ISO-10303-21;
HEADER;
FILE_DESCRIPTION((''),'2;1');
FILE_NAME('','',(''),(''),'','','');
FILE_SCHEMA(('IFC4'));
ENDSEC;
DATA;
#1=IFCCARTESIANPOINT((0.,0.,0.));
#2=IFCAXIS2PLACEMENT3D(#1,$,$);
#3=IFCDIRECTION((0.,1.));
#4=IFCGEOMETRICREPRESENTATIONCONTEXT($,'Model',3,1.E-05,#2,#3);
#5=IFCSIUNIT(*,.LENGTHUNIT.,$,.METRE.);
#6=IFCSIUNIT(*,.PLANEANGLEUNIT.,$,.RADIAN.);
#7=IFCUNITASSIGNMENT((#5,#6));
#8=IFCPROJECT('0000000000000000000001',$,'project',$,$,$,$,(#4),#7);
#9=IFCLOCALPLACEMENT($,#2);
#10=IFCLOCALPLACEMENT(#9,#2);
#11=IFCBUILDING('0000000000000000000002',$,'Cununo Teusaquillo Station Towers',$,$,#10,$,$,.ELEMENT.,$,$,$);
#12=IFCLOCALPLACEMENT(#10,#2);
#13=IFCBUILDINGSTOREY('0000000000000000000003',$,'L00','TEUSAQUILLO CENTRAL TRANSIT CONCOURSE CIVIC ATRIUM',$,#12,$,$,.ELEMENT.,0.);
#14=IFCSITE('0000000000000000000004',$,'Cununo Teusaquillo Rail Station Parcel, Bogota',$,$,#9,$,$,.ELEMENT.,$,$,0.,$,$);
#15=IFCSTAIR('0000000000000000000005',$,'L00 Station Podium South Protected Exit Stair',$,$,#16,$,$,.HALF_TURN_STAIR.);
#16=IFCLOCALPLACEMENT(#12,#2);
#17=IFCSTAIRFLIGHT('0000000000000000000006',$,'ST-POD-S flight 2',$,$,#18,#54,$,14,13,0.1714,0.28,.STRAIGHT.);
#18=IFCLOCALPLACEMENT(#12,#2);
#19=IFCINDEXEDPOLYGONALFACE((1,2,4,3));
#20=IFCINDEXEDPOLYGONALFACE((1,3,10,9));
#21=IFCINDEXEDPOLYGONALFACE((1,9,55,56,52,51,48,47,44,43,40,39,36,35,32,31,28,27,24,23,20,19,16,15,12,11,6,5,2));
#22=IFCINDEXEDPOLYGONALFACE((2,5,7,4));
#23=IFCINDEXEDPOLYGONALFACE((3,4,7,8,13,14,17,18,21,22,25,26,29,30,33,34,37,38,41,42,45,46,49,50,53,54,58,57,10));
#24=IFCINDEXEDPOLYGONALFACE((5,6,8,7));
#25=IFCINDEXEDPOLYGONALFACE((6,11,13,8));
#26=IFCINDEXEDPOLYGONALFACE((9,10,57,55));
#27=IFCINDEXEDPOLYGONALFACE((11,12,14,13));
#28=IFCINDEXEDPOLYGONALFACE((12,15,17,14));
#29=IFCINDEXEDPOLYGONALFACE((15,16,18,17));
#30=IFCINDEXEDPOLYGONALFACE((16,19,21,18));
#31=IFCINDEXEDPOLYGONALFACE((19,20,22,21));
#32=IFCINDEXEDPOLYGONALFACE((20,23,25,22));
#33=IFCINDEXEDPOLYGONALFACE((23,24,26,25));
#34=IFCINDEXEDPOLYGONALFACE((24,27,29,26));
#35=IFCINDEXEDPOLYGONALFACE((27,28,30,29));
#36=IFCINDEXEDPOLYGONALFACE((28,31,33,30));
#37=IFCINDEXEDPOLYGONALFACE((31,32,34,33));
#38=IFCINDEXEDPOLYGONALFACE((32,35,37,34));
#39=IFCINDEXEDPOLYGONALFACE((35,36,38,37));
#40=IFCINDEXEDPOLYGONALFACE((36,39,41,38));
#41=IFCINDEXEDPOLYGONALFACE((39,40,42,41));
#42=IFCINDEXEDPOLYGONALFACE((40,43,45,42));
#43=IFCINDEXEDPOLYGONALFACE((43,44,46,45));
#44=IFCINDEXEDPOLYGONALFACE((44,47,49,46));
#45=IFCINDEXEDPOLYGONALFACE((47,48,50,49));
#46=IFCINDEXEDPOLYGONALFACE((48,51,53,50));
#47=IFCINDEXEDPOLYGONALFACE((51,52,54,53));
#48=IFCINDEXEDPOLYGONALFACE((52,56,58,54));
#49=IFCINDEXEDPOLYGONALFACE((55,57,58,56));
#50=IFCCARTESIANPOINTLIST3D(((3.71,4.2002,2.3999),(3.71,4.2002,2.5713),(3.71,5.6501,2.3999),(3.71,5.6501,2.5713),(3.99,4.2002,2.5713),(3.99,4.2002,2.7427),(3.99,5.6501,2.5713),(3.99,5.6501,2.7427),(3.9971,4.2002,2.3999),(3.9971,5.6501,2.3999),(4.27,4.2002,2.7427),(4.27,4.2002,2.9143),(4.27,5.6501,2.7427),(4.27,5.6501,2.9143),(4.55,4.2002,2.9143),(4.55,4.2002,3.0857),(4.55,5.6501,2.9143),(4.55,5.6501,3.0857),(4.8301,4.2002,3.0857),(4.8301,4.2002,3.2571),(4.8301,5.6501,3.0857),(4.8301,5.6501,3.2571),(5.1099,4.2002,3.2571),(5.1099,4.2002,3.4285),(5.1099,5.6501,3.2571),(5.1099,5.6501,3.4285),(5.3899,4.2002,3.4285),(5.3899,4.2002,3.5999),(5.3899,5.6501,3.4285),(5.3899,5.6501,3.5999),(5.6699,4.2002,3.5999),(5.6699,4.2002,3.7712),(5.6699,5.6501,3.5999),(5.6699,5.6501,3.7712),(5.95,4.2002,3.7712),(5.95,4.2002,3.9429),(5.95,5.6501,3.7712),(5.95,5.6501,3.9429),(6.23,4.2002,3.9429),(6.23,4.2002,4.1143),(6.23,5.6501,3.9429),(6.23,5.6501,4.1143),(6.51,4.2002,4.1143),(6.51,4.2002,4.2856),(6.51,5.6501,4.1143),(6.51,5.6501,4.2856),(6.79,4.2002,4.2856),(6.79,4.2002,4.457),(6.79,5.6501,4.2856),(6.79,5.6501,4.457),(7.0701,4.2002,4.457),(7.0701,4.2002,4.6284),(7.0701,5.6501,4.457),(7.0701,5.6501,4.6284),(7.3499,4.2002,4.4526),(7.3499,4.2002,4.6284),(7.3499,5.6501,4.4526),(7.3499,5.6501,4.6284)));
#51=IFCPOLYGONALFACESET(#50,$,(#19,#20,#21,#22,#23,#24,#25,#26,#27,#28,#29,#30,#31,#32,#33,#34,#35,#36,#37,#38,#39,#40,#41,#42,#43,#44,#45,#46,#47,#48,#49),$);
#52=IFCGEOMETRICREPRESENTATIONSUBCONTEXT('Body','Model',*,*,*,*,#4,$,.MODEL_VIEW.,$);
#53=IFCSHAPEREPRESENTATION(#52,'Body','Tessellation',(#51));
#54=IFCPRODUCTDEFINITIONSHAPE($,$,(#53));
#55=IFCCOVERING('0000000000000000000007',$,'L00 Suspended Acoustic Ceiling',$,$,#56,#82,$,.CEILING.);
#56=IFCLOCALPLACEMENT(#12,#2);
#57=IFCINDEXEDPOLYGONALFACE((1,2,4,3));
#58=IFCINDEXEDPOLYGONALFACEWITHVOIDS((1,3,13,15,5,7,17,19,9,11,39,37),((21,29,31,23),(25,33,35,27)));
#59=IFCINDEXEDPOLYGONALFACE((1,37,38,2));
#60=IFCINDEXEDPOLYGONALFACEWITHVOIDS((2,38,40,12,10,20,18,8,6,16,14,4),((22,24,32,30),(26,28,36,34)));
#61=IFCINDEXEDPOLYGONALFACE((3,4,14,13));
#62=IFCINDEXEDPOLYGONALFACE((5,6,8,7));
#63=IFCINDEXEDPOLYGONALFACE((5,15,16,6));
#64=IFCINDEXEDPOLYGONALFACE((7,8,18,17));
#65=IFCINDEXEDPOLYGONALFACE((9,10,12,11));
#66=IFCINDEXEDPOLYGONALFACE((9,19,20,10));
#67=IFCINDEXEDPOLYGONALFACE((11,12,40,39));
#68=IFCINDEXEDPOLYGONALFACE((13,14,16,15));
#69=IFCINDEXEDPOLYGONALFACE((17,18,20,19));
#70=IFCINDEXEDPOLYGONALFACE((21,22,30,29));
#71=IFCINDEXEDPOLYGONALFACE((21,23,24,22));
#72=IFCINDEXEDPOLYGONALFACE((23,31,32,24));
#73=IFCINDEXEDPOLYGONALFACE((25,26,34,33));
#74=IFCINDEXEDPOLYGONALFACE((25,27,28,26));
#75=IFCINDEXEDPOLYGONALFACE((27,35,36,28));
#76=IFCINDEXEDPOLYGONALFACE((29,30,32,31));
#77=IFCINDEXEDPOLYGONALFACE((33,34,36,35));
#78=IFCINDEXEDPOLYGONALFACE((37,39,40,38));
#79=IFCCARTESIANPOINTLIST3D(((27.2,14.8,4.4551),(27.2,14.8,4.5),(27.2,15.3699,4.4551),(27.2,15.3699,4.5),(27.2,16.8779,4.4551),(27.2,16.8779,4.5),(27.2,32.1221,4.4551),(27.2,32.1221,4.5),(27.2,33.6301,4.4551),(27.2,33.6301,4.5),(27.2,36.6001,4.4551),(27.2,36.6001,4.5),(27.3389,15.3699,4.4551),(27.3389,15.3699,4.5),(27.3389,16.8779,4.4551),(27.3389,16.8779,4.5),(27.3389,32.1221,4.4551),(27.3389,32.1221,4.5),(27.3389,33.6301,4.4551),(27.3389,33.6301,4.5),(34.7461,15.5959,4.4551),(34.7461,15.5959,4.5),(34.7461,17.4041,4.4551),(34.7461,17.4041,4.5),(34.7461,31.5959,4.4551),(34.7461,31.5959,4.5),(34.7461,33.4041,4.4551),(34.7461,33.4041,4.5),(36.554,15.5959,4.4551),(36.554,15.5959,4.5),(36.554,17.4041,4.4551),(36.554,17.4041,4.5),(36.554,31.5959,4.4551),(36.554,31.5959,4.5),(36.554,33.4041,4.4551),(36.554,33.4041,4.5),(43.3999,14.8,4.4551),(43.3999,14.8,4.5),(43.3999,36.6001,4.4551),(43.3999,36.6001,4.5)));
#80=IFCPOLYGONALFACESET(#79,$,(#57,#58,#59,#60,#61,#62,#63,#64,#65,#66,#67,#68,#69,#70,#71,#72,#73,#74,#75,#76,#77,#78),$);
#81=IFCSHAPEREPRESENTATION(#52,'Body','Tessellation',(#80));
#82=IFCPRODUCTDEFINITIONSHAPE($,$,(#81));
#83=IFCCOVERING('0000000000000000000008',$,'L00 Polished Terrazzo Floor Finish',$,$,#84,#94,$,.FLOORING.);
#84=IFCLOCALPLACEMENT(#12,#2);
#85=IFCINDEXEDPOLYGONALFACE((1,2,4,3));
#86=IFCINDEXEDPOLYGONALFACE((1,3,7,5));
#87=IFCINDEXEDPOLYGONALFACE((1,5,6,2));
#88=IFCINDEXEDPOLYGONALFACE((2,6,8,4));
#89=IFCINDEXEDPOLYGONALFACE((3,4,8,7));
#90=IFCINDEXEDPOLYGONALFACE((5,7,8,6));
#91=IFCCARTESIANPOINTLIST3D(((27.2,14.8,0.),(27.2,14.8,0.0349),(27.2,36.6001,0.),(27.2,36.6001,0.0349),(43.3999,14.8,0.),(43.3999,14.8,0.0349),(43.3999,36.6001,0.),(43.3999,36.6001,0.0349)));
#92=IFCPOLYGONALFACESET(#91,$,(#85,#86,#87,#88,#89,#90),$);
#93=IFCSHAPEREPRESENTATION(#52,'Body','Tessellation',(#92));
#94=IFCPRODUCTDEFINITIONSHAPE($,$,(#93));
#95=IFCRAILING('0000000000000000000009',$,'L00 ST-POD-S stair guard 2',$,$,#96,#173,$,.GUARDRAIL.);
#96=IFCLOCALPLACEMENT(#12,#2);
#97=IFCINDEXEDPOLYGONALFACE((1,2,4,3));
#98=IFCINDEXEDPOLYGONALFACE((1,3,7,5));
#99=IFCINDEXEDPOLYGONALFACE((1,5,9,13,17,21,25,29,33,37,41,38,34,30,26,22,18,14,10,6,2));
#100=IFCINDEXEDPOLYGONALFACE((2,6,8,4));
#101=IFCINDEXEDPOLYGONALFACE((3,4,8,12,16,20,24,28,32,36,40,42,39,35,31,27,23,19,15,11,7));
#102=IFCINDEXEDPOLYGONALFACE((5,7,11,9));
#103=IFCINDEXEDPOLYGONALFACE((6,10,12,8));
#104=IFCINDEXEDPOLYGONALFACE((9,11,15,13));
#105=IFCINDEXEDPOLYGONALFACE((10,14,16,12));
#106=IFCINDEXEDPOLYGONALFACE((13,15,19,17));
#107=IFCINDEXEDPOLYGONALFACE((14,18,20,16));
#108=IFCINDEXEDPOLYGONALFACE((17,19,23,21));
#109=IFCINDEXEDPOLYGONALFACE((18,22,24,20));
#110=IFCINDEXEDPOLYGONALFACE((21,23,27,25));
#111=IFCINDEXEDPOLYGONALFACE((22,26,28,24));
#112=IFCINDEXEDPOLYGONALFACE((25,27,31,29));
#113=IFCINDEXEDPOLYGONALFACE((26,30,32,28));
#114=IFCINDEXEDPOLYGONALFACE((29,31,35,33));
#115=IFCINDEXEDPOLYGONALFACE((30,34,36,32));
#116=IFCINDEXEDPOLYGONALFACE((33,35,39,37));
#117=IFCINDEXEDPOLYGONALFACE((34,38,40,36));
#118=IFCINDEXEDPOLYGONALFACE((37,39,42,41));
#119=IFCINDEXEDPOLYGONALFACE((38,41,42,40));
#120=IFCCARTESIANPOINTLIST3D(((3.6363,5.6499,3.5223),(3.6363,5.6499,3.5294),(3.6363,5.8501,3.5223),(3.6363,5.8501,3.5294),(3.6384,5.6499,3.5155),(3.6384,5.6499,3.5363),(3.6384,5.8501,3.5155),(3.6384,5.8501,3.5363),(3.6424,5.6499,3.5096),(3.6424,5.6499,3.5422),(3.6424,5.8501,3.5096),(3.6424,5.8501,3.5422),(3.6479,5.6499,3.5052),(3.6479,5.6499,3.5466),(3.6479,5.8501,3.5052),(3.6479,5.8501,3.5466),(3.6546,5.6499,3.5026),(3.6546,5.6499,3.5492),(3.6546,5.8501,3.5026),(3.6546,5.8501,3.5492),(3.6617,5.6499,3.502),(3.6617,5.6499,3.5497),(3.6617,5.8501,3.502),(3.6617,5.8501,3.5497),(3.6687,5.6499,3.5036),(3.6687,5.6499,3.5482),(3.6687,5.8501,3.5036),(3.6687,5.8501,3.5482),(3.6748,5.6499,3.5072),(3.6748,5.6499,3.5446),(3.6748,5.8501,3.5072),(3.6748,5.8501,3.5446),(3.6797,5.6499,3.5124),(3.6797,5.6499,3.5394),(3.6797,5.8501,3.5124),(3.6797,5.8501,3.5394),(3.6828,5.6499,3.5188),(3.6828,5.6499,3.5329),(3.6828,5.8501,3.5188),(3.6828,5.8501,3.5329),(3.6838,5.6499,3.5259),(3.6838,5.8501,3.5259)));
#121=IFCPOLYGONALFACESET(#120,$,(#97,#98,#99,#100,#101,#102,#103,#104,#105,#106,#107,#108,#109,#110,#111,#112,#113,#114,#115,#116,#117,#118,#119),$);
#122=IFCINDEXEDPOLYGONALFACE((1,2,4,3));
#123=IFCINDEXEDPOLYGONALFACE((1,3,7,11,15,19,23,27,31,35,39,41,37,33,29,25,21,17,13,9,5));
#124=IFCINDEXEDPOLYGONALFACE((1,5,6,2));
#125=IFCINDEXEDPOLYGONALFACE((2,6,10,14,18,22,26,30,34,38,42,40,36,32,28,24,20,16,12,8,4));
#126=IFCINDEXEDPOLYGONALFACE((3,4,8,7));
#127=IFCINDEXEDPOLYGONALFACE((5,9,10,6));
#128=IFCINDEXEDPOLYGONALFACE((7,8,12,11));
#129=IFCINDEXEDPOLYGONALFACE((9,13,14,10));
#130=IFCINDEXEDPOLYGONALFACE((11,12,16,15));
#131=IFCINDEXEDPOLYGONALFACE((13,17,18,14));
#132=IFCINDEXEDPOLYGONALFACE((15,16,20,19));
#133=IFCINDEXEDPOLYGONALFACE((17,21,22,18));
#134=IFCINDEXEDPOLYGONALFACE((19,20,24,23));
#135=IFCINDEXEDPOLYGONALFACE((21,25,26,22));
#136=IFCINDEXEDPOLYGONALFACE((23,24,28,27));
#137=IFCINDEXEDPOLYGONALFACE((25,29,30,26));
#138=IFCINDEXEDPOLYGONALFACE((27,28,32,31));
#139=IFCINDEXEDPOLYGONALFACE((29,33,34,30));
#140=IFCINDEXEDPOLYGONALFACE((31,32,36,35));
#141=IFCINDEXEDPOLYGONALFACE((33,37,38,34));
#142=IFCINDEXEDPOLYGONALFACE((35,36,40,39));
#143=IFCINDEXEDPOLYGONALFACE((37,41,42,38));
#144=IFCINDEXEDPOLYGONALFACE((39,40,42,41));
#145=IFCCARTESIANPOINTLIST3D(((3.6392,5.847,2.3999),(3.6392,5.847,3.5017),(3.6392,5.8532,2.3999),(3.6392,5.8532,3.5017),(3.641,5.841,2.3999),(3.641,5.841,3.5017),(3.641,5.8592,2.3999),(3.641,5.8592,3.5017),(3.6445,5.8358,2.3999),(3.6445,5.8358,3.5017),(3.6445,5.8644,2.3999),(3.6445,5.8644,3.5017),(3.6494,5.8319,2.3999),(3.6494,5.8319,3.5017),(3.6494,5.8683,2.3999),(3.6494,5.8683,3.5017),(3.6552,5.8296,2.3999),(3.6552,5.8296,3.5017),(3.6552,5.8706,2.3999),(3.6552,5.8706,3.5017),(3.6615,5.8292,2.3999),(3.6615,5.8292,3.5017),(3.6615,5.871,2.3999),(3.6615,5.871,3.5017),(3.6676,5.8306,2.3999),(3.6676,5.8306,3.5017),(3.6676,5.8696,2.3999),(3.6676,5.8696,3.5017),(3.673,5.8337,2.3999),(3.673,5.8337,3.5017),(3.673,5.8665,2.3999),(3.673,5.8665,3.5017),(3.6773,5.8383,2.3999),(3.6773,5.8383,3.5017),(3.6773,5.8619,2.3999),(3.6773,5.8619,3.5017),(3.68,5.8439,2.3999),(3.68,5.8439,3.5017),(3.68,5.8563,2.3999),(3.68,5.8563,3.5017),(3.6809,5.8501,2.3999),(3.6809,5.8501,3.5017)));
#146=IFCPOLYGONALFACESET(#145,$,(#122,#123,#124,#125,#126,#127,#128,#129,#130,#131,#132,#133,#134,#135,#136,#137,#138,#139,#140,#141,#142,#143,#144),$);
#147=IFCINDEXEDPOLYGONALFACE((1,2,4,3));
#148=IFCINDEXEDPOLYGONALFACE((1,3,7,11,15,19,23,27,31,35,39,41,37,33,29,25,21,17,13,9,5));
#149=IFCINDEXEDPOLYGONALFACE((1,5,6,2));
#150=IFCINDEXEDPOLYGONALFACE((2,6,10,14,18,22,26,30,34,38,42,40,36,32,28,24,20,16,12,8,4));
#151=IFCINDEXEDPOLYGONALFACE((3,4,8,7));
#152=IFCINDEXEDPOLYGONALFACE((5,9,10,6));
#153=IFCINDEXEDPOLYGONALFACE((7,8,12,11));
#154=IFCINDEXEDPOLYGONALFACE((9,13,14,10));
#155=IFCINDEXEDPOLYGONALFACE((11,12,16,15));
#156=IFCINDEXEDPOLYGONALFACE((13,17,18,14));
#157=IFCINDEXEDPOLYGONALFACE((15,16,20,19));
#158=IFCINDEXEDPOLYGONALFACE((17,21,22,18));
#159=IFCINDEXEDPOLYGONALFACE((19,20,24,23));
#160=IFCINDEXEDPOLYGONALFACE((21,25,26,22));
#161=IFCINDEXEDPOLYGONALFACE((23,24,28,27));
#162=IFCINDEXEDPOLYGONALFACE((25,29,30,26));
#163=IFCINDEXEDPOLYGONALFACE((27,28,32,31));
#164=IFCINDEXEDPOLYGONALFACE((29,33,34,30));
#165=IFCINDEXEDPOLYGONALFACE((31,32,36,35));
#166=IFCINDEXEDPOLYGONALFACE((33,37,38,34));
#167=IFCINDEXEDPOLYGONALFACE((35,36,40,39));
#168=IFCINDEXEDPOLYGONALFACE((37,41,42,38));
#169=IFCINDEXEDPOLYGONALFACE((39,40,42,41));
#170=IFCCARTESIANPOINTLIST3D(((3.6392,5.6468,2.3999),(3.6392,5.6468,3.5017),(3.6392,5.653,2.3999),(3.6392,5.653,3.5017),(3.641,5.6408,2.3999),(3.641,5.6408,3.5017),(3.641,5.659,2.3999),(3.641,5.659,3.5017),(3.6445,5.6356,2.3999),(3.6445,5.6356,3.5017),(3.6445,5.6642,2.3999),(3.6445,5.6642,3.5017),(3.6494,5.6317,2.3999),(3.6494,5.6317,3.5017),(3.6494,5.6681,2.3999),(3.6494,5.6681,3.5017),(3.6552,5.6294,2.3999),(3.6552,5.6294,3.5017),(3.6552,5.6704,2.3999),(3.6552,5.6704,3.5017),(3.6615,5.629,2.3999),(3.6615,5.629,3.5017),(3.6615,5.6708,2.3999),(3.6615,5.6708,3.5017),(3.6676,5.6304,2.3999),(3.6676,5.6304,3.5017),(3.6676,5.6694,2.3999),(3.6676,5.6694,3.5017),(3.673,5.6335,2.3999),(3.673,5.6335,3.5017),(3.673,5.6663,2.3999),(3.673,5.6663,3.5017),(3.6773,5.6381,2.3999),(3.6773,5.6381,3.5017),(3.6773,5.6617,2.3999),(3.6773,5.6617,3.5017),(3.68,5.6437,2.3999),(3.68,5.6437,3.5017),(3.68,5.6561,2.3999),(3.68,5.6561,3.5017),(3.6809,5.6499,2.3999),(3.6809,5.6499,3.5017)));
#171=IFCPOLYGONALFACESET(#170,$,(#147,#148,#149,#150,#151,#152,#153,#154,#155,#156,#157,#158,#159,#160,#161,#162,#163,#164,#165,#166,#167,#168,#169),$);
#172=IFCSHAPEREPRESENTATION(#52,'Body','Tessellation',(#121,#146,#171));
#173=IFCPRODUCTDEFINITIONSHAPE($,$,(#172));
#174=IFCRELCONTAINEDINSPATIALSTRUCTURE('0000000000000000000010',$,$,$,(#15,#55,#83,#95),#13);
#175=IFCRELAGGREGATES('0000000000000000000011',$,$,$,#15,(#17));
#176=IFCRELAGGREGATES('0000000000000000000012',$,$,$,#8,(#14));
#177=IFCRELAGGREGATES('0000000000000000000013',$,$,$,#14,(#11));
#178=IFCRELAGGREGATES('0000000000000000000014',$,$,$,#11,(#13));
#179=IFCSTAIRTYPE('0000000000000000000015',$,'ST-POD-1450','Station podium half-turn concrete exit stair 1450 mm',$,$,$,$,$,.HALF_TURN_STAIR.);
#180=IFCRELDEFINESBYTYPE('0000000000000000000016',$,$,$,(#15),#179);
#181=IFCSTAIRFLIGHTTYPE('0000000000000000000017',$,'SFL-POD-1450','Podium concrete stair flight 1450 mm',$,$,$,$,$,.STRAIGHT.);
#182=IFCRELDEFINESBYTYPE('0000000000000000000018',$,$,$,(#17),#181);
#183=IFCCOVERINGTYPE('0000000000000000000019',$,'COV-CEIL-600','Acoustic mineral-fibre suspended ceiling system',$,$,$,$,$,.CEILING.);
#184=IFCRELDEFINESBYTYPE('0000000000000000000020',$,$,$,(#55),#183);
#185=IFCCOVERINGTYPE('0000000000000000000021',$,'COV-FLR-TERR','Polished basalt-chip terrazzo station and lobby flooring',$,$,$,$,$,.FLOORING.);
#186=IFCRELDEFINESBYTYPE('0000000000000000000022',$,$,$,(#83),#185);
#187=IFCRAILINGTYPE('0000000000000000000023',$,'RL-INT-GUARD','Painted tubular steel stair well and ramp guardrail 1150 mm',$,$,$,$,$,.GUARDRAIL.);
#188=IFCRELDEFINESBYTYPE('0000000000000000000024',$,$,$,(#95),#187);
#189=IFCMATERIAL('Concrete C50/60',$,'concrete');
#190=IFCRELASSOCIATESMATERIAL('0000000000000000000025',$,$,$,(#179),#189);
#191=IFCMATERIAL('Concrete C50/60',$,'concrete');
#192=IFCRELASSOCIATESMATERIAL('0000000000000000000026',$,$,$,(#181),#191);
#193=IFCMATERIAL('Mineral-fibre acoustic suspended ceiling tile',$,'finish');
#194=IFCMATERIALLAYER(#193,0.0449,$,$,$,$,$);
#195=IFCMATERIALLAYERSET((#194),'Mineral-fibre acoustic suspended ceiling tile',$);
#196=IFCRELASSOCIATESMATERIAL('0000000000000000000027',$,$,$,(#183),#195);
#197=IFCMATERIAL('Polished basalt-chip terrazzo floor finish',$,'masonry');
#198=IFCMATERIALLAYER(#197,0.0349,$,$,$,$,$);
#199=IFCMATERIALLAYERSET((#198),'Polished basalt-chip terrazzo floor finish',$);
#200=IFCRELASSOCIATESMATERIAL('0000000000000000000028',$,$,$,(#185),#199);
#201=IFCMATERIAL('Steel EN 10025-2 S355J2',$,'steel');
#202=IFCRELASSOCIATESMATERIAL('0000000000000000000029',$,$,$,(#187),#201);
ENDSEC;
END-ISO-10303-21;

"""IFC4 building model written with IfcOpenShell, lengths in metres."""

from ifc_helpers import new_model, si_unit, direction, frame, origin, origin_2d, place, context, subcontext, project, spatial, polyline, circle, outline, extrude, material, layer, layer_set, type_object, element, aggregate, save


model = new_model("IFC4")

# Units and contexts
model_context = context("Model", 3, precision=1e-05, world=origin(), true_north=direction((0.0, 1.0)))
body_context = subcontext(model_context, "Body", "Model", "MODEL_VIEW")
ifc_project = project(units=[si_unit("LENGTHUNIT", "METRE"), si_unit("PLANEANGLEUNIT", "RADIAN")], contexts=[model_context])

# Site, building, storey
site_placement = place(None, origin())
site = spatial("IfcSite", under=ifc_project, at=site_placement, Name="Cununo Teusaquillo Rail Station Parcel, Bogota", CompositionType="ELEMENT", RefElevation=0.0)
building_placement = place(site_placement, origin())
building = spatial("IfcBuilding", under=site, at=building_placement, Name="Cununo Teusaquillo Station Towers", CompositionType="ELEMENT")
storey_placement = place(building_placement, origin())
storey = spatial("IfcBuildingStorey", under=building, at=storey_placement, Name="L00", Description="TEUSAQUILLO CENTRAL TRANSIT CONCOURSE CIVIC ATRIUM", CompositionType="ELEMENT", Elevation=0.0)

# Stair
ifc_material_1 = material(Name="Concrete C50/60", Category="concrete")
stair_type_1 = type_object("IfcStairType", Name="ST-POD-1450", Description="Station podium half-turn concrete exit stair 1450 mm", PredefinedType="HALF_TURN_STAIR", material=ifc_material_1)
stair_1_placement = place(storey_placement, origin())
stair_1 = element("IfcStair", 1, at=stair_1_placement, inside=storey, type_object=stair_type_1, Name="L00 Station Podium South Protected Exit Stair", PredefinedType="HALF_TURN_STAIR")

# Stair flight
ifc_material_2 = material(Name="Concrete C50/60", Category="concrete")
stair_flight_type = type_object("IfcStairFlightType", Name="SFL-POD-1450", Description="Podium concrete stair flight 1450 mm", PredefinedType="STRAIGHT", material=ifc_material_2)
stair_flight_placement = place(storey_placement, frame((3.71, 4.925, 2.3999), z_axis=(0.0, 0.0, 1.0), x_axis=(1.0, 0.0, 0.0)))
stair_flight = element("IfcStairFlight", 2, at=stair_flight_placement, type_object=stair_flight_type, Name="ST-POD-S flight 2", NumberOfRisers=14, NumberOfTreads=13, PredefinedType="STRAIGHT", RiserHeight=0.1714, TreadLength=0.28, context=body_context, shape_type="SweptSolid", body=[
    extrude(outline(polyline([(0.0, 0.0), (0.0, 0.1714), (0.28, 0.1714), (0.28, 0.3428), (0.5601, 0.3428), (0.5601, 0.5144), (0.8401, 0.5144), (0.8401, 0.6858), (1.1201, 0.6858), (1.1201, 0.8572), (1.3999, 0.8572), (1.3999, 1.0286), (1.6799, 1.0286), (1.6799, 1.2), (1.96, 1.2), (1.96, 1.3713), (2.24, 1.3713), (2.24, 1.543), (2.52, 1.543), (2.52, 1.7144), (2.8, 1.7144), (2.8, 1.8857), (3.0801, 1.8857), (3.0801, 2.0571), (3.3601, 2.0571), (3.3601, 2.2285), (3.6399, 2.2285), (3.6399, 2.3999), (3.6399, 2.0527), (0.2871, 0.0), (0.0, 0.0)])), frame((0.0, 0.7251, 0.0), z_axis=(0.0, -1.0, 0.0), x_axis=(1.0, 0.0, 0.0)), (0.0, 0.0, 1.0), 1.45),
])
aggregate(stair_1, [stair_flight])

# Coverings
ifc_material_3 = material(Name="Mineral-fibre acoustic suspended ceiling tile", Category="finish")
ifc_layer_1 = layer(ifc_material_3, 0.0449)
ifc_layer_set_1 = layer_set([ifc_layer_1], Name="Mineral-fibre acoustic suspended ceiling tile")
covering_type_1 = type_object("IfcCoveringType", Name="COV-CEIL-600", Description="Acoustic mineral-fibre suspended ceiling system", PredefinedType="CEILING", material=ifc_layer_set_1)
covering_1_placement = place(storey_placement, frame((0.0, 0.0, 4.4551)))
element("IfcCovering", 3, at=covering_1_placement, inside=storey, type_object=covering_type_1, Name="L00 Suspended Acoustic Ceiling", PredefinedType="CEILING", context=body_context, shape_type="SweptSolid", body=[
    extrude(outline(polyline([(27.2, 36.6001), (43.3999, 36.6001), (43.3999, 14.8), (27.2, 14.8), (27.2, 15.3699), (27.3389, 15.3699), (27.3389, 16.8779), (27.2, 16.8779), (27.2, 32.1221), (27.3389, 32.1221), (27.3389, 33.6301), (27.2, 33.6301), (27.2, 36.6001)]), holes=[polyline([(34.7461, 15.5959), (36.554, 15.5959), (36.554, 17.4041), (34.7461, 17.4041), (34.7461, 15.5959)]), polyline([(34.7461, 31.5959), (36.554, 31.5959), (36.554, 33.4041), (34.7461, 33.4041), (34.7461, 31.5959)])]), origin(), (0.0, 0.0, 1.0), 0.0449),
])
ifc_material_4 = material(Name="Polished basalt-chip terrazzo floor finish", Category="masonry")
ifc_layer_2 = layer(ifc_material_4, 0.0349)
ifc_layer_set_2 = layer_set([ifc_layer_2], Name="Polished basalt-chip terrazzo floor finish")
covering_type_2 = type_object("IfcCoveringType", Name="COV-FLR-TERR", Description="Polished basalt-chip terrazzo station and lobby flooring", PredefinedType="FLOORING", material=ifc_layer_set_2)
covering_2_placement = place(storey_placement, origin())
element("IfcCovering", 4, at=covering_2_placement, inside=storey, type_object=covering_type_2, Name="L00 Polished Terrazzo Floor Finish", PredefinedType="FLOORING", context=body_context, shape_type="SweptSolid", body=[
    extrude(outline(polyline([(27.2, 14.8), (43.3999, 14.8), (43.3999, 36.6001), (27.2, 36.6001), (27.2, 14.8)])), origin(), (0.0, 0.0, 1.0), 0.0349),
])

# Railing
ifc_material_5 = material(Name="Steel EN 10025-2 S355J2", Category="steel")
railing_type_1 = type_object("IfcRailingType", Name="RL-INT-GUARD", Description="Painted tubular steel stair well and ramp guardrail 1150 mm", PredefinedType="GUARDRAIL", material=ifc_material_5)
railing_1_placement = place(storey_placement, frame((3.6599, 5.8501, 2.3999)))
element("IfcRailing", 5, at=railing_1_placement, inside=storey, type_object=railing_type_1, Name="L00 ST-POD-S stair guard 2", PredefinedType="GUARDRAIL", context=body_context, shape_type="SweptSolid", body=[
    extrude(circle(Radius=0.0239, at=origin_2d()), frame((0.0, 0.0, 1.126), z_axis=(0.0, -1.0, 0.0), x_axis=(1.0, 0.0, 0.0)), (0.0, 0.0, 1.0), 0.2002),
    extrude(circle(Radius=0.021, at=origin_2d()), origin(), (0.0, 0.0, 1.0), 1.1018),
    extrude(circle(Radius=0.021, at=origin_2d()), frame((0.0, -0.2002, 0.0)), (0.0, 0.0, 1.0), 1.1018),
])

save(model, "model.ifc")
